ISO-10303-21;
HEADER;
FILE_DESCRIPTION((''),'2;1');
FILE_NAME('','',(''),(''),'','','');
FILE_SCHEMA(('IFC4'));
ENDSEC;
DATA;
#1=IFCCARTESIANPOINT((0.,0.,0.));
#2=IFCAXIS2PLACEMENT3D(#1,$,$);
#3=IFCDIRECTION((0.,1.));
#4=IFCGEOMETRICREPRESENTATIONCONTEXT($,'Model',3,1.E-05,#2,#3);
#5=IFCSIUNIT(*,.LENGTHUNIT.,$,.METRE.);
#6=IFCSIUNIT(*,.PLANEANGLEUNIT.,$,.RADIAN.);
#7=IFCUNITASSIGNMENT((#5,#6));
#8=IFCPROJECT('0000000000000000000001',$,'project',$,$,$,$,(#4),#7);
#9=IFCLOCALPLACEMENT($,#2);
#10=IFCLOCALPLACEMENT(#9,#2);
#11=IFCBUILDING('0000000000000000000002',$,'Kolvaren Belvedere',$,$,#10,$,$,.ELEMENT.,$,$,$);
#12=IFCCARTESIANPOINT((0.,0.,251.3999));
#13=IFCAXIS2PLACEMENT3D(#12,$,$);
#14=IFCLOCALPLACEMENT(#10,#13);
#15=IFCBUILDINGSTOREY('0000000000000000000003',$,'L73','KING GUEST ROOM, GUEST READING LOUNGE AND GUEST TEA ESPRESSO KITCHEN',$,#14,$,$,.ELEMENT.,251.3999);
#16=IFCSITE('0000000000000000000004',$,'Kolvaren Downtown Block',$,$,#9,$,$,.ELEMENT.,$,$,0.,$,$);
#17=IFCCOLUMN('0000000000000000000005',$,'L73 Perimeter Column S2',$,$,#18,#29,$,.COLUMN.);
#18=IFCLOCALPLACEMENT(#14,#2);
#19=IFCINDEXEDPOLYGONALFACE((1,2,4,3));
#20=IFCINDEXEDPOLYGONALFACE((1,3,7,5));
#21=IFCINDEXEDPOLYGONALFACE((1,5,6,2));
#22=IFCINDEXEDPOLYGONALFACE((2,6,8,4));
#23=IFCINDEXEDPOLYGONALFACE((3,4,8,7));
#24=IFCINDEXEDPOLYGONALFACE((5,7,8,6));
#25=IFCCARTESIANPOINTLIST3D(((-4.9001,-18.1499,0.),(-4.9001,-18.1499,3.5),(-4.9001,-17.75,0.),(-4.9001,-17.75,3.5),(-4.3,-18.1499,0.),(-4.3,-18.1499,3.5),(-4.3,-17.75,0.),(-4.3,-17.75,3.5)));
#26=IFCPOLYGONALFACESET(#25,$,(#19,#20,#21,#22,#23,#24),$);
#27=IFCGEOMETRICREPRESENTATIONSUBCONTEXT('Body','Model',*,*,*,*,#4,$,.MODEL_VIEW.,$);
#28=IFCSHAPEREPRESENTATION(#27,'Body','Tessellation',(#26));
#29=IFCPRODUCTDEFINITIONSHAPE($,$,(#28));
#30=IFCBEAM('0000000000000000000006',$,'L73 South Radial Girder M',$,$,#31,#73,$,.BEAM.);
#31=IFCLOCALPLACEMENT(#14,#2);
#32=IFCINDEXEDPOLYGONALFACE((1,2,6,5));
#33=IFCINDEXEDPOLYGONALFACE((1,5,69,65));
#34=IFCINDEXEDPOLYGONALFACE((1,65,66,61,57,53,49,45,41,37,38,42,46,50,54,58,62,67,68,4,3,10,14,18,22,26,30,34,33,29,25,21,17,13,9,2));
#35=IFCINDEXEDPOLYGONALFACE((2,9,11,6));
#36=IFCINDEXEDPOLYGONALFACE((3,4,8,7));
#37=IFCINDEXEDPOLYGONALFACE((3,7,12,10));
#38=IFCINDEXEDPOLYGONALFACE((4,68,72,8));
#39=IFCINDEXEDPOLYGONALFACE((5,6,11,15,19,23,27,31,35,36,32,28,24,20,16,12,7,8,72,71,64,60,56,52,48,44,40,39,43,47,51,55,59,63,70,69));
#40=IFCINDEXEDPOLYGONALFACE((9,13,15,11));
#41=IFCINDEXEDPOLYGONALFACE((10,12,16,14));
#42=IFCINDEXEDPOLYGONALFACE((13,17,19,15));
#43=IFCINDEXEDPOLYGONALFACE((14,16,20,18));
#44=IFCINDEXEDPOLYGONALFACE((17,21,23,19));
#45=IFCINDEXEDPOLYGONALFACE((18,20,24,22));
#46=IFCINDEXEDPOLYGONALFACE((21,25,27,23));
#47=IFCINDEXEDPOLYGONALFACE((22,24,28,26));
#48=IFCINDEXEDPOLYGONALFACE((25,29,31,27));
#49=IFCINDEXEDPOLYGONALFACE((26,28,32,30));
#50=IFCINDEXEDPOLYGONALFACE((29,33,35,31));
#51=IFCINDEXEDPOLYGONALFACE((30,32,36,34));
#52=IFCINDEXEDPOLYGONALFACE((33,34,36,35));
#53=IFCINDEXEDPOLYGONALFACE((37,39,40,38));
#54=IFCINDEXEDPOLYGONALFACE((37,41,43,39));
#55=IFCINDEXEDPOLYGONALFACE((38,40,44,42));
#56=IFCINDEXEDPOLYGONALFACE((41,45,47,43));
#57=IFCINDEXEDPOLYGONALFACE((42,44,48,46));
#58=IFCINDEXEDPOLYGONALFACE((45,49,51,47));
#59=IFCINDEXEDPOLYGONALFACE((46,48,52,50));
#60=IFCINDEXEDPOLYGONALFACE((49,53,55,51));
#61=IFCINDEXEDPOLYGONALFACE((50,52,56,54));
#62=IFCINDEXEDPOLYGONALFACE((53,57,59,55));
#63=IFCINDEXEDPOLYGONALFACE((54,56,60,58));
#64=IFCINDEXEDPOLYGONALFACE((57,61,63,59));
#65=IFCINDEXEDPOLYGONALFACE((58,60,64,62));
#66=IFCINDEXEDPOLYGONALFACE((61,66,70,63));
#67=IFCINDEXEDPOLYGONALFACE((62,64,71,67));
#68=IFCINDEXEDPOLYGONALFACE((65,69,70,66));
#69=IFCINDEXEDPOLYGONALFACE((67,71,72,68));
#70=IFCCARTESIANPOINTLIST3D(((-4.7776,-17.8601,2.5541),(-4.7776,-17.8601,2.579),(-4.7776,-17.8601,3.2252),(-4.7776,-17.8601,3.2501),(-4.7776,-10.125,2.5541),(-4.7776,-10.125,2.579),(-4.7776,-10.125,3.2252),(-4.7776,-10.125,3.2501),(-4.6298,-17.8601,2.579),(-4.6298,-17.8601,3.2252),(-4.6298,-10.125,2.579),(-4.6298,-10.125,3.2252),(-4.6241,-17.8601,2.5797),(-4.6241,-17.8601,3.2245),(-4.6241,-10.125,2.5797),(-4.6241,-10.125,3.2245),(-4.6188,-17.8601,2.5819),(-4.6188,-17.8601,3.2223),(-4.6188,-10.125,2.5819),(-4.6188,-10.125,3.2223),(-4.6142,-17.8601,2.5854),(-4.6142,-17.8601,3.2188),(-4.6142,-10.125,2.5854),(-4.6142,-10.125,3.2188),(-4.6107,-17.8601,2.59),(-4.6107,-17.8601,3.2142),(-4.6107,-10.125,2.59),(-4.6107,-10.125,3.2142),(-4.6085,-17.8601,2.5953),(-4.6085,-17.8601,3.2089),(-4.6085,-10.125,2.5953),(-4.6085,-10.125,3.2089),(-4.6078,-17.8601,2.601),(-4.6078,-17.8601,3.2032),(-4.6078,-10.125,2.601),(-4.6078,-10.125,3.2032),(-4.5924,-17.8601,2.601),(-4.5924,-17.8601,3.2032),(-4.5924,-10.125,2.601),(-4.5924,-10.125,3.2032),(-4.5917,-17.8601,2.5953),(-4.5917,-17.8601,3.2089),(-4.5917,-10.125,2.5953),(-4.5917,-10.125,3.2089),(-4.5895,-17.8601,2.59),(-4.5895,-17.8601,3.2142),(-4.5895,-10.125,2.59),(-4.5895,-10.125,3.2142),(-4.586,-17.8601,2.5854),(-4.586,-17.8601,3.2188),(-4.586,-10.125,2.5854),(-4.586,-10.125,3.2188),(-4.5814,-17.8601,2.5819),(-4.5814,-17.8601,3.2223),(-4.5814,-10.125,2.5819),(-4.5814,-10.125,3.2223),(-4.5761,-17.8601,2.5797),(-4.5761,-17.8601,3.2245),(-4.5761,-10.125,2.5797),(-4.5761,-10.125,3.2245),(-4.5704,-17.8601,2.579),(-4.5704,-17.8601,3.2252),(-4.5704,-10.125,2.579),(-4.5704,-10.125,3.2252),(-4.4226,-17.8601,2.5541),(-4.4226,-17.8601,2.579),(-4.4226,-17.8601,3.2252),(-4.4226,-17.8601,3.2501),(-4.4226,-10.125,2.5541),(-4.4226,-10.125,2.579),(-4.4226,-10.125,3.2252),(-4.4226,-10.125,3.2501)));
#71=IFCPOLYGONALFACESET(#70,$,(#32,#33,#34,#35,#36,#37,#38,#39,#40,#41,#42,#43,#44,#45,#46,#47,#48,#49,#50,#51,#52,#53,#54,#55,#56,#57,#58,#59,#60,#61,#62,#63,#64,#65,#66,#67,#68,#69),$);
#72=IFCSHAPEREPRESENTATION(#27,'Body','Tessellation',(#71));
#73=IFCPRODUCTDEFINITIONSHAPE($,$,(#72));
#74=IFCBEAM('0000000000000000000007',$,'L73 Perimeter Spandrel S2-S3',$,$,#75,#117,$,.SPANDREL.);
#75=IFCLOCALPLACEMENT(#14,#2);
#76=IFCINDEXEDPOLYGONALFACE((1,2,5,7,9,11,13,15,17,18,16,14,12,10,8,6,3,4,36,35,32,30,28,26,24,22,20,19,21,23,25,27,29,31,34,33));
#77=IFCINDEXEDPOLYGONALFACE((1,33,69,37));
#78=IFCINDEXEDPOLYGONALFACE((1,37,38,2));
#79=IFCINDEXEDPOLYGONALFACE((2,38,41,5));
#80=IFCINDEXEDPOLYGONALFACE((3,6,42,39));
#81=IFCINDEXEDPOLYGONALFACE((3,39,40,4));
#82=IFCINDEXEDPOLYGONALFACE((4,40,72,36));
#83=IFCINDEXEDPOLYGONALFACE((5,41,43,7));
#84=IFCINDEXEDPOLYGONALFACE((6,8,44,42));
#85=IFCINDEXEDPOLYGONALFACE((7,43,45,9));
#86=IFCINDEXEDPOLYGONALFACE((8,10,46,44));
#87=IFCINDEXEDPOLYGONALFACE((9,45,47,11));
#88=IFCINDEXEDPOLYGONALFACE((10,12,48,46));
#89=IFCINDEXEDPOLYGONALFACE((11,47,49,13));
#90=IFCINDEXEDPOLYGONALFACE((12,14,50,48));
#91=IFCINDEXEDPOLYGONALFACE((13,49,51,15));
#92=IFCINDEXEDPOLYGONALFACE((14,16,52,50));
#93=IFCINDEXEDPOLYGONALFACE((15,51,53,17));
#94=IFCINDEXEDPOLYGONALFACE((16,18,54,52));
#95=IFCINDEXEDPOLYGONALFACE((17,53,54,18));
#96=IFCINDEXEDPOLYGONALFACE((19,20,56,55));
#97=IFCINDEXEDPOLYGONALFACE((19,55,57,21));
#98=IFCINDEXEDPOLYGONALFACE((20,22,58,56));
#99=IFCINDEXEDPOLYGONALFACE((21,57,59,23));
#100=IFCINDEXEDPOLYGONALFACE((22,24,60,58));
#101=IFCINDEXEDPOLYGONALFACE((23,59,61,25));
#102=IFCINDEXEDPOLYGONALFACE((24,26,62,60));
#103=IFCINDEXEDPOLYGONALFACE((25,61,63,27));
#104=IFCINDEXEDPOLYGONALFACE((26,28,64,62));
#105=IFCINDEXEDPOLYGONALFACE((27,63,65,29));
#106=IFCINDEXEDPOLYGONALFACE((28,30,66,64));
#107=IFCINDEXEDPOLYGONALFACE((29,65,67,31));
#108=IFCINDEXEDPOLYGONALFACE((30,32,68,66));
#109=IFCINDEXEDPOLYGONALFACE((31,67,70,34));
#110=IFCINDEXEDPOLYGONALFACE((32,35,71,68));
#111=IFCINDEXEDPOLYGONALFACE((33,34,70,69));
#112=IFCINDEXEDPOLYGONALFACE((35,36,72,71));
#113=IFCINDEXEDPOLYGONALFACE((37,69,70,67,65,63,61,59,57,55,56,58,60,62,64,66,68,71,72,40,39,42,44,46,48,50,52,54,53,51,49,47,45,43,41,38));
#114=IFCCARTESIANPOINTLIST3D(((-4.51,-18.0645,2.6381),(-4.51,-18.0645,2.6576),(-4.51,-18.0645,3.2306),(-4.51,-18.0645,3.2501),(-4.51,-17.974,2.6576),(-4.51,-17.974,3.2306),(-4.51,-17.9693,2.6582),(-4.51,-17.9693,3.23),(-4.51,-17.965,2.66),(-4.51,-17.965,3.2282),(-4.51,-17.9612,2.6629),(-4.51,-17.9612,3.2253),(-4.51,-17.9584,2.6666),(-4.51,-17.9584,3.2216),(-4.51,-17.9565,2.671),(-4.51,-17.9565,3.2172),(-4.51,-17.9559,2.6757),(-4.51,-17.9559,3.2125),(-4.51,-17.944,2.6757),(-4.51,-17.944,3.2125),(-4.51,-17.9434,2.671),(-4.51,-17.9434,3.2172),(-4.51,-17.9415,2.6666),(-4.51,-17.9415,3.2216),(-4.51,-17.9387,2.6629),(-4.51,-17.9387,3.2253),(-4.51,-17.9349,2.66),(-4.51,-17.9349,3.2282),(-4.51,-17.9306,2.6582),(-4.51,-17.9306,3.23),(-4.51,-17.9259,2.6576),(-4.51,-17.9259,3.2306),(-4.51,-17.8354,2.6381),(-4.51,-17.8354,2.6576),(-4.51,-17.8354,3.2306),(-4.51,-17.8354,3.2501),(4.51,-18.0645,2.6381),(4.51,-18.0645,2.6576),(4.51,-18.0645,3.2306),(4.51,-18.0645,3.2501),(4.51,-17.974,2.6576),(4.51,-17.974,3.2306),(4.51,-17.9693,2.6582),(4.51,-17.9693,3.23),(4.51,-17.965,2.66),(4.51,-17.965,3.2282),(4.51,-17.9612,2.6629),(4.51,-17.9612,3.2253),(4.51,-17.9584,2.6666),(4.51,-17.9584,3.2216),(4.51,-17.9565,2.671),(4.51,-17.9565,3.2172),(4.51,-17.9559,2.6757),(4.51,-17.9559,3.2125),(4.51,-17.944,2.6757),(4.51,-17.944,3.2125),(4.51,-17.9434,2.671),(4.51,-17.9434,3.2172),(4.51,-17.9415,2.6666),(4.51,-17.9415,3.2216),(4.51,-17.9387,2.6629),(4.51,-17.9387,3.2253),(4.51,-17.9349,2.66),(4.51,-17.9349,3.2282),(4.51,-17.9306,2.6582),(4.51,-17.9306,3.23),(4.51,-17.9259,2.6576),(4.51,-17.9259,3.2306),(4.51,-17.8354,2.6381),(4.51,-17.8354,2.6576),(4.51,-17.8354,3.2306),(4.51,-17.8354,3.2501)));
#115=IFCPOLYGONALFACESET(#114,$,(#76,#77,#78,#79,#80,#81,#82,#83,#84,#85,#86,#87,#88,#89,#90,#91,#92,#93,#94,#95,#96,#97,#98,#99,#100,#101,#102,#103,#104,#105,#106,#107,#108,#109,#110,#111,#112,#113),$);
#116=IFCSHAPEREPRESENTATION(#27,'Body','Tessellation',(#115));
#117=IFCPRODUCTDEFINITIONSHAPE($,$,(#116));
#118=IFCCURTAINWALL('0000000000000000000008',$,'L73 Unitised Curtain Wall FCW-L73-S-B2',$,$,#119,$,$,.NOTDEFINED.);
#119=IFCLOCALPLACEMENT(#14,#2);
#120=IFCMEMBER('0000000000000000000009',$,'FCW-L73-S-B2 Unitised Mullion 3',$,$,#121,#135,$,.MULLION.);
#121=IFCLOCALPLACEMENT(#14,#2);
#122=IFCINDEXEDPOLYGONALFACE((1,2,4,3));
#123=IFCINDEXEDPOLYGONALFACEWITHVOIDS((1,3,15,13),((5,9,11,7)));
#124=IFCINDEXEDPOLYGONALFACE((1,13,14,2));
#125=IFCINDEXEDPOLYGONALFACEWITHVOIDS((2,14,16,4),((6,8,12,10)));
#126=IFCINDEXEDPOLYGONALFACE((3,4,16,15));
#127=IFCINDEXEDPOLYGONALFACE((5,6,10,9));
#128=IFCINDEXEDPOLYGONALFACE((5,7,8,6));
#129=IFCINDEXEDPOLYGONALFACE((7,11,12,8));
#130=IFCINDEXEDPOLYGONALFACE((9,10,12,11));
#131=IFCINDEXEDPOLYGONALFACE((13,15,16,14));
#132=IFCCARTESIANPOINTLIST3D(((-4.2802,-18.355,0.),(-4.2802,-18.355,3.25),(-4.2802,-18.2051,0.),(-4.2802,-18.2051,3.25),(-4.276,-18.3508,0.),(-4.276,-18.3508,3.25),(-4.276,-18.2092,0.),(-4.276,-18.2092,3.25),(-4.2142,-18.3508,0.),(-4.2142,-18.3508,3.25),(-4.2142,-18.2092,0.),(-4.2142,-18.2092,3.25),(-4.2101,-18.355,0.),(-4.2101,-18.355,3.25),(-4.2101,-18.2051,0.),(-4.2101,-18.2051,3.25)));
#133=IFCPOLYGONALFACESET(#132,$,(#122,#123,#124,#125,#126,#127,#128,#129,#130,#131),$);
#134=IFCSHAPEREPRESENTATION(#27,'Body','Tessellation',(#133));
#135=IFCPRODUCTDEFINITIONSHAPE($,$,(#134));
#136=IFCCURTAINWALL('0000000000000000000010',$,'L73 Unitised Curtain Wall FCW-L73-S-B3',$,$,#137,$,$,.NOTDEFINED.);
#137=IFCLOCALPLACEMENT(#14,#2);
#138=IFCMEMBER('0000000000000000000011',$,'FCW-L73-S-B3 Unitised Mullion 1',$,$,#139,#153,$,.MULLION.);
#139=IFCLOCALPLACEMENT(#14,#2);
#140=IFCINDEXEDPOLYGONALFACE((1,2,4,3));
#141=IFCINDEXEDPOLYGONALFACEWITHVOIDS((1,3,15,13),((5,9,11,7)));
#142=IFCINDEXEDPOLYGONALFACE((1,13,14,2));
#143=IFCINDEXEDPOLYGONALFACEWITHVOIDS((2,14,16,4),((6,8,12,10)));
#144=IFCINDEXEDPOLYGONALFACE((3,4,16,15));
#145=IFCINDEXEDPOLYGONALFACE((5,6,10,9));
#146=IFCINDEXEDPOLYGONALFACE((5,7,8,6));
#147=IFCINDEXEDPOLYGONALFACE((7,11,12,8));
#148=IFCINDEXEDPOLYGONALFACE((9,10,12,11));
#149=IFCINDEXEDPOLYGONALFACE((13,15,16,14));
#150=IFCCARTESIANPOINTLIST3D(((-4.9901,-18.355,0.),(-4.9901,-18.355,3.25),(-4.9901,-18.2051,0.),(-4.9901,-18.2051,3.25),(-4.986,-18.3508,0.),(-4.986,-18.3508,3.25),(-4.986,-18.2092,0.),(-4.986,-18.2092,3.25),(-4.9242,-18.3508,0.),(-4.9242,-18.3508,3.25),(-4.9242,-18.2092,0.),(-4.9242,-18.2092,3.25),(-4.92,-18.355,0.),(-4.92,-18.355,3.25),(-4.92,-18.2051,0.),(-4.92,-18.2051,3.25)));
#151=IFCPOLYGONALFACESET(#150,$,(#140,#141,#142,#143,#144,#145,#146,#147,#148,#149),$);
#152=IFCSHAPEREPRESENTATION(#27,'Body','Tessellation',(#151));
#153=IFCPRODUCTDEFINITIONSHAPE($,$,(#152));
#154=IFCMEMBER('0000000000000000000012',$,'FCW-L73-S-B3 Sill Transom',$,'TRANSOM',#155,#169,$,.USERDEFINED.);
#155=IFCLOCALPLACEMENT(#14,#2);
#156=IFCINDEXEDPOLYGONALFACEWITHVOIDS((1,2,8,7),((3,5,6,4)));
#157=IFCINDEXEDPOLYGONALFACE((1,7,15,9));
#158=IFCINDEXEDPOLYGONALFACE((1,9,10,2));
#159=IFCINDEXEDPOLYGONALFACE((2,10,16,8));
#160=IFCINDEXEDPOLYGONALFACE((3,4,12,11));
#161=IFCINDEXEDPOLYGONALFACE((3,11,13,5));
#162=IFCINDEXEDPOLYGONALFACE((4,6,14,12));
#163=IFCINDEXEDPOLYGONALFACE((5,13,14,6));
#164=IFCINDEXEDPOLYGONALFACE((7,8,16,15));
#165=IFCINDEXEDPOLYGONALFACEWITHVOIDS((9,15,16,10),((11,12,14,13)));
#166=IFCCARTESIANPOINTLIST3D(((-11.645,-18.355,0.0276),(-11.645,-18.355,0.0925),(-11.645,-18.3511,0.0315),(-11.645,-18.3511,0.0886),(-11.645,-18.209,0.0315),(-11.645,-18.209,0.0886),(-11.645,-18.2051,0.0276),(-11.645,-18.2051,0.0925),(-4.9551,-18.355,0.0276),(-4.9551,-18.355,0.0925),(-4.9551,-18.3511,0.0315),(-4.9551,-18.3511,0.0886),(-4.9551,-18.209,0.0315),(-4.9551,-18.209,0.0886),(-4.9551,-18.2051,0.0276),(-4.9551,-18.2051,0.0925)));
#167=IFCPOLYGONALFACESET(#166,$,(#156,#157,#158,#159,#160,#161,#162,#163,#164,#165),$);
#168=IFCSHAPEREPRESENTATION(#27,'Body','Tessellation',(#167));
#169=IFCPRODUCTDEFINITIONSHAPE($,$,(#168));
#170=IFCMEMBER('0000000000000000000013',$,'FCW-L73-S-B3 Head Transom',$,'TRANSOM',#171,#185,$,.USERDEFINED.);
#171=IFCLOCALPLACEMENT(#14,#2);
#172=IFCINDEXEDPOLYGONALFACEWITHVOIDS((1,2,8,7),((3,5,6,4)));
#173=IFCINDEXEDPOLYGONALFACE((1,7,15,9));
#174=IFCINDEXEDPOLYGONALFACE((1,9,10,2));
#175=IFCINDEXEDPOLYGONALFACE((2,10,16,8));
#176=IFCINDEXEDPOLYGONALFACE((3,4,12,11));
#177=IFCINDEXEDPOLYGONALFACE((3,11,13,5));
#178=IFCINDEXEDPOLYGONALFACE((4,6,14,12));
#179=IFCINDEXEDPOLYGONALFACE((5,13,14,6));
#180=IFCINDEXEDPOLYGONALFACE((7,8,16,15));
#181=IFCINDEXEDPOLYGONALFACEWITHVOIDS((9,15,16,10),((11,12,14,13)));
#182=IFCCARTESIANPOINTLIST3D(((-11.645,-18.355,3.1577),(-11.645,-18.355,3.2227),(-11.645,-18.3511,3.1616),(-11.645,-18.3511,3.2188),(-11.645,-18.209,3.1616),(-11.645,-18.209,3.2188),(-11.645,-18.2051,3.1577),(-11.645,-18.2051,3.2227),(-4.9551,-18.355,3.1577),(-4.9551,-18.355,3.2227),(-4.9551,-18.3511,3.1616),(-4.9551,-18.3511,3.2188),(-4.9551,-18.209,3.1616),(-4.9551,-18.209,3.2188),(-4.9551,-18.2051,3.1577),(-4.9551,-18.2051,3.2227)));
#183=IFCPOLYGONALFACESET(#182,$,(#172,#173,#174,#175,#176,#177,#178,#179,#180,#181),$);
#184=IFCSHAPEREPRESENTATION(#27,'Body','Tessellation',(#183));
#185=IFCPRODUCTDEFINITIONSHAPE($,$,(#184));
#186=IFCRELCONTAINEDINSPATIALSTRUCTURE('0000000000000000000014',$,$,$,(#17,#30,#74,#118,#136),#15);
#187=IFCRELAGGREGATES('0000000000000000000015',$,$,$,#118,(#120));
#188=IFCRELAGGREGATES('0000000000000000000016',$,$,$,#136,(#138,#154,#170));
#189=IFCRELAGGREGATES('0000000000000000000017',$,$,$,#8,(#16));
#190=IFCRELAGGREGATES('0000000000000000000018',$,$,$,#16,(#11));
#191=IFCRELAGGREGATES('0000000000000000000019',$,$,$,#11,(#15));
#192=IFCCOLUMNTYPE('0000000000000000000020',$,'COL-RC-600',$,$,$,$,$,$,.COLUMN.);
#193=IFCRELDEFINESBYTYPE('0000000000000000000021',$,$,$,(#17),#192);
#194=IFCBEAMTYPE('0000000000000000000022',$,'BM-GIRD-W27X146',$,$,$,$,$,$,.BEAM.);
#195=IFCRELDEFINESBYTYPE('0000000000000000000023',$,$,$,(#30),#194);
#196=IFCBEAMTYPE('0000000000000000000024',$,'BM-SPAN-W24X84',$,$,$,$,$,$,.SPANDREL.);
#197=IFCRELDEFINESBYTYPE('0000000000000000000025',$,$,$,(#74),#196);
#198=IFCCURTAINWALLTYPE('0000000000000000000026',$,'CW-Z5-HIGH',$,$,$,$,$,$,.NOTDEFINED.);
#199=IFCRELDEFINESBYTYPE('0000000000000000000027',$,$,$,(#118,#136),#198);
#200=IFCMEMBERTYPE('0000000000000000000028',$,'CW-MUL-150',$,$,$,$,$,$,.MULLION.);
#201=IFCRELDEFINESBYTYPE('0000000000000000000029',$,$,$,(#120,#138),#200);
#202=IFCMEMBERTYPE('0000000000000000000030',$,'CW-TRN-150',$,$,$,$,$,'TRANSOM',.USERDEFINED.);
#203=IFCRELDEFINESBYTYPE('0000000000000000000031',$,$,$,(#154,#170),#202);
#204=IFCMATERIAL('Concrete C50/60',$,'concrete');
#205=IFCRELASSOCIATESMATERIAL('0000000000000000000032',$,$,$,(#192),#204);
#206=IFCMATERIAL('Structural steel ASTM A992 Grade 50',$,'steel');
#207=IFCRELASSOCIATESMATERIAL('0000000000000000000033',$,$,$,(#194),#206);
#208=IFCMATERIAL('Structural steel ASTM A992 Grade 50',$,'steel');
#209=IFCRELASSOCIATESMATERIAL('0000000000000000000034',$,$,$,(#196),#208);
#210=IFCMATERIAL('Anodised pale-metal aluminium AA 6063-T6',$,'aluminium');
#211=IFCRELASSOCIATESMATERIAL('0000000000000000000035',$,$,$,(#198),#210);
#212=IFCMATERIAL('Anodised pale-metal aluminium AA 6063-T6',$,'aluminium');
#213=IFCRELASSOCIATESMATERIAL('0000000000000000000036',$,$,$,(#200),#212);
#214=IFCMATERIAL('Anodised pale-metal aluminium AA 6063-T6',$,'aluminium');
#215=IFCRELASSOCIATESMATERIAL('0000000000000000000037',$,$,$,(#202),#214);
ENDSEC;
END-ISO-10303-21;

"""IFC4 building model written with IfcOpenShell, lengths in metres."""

from ifc_helpers import new_model, si_unit, direction, frame, origin, origin_2d, place, context, subcontext, project, spatial, rectangle, hollow_rectangle, i_section, extrude, material, material_profile, profile_set, type_object, element, aggregate, save


model = new_model("IFC4")

# Units and contexts
model_context = context("Model", 3, precision=1e-05, world=origin(), true_north=direction((0.0, 1.0)))
body_context = subcontext(model_context, "Body", "Model", "MODEL_VIEW")
ifc_project = project(units=[si_unit("LENGTHUNIT", "METRE"), si_unit("PLANEANGLEUNIT", "RADIAN")], contexts=[model_context])

# Site, building, storey
site_placement = place(None, origin())
site = spatial("IfcSite", under=ifc_project, at=site_placement, Name="Kolvaren Downtown Block", CompositionType="ELEMENT", RefElevation=0.0)
building_placement = place(site_placement, origin())
building = spatial("IfcBuilding", under=site, at=building_placement, Name="Kolvaren Belvedere", CompositionType="ELEMENT")
storey_placement = place(building_placement, frame((0.0, 0.0, 251.3999)))
storey = spatial("IfcBuildingStorey", under=building, at=storey_placement, Name="L73", Description="KING GUEST ROOM, GUEST READING LOUNGE AND GUEST TEA ESPRESSO KITCHEN", CompositionType="ELEMENT", Elevation=251.3999)

# Column
ifc_material_1 = material(Name="Concrete C50/60", Category="concrete")
ifc_material_profile_1 = material_profile(ifc_material_1, rectangle(XDim=0.6001, YDim=0.3999, at=origin_2d()), Name="RC 600X400")
ifc_profile_set_1 = profile_set([ifc_material_profile_1], Name="Concrete C50/60")
column_type = type_object("IfcColumnType", Name="COL-RC-600", PredefinedType="COLUMN", material=ifc_profile_set_1)
column_placement = place(storey_placement, frame((-4.6001, -17.95, 0.0), z_axis=(0.0, 0.0, 1.0), x_axis=(1.0, 0.0, 0.0)))
element("IfcColumn", 1, at=column_placement, inside=storey, type_object=column_type, Name="L73 Perimeter Column S2", PredefinedType="COLUMN", context=body_context, shape_type="SweptSolid", body=[
    extrude(rectangle(XDim=0.6001, YDim=0.3999, at=origin_2d()), origin(), (0.0, 0.0, 1.0), 3.5),
])

# Beams
ifc_material_2 = material(Name="Structural steel ASTM A992 Grade 50", Category="steel")
ifc_material_profile_2 = material_profile(ifc_material_2, i_section(OverallWidth=0.355, OverallDepth=0.696, WebThickness=0.0154, FlangeThickness=0.0249, FilletRadius=0.022, at=origin_2d()), Name="W27X146")
ifc_profile_set_2 = profile_set([ifc_material_profile_2], Name="Structural steel ASTM A992 Grade 50")
beam_type_1 = type_object("IfcBeamType", Name="BM-GIRD-W27X146", PredefinedType="BEAM", material=ifc_profile_set_2)
beam_1_placement = place(storey_placement, frame((-4.6001, -10.125, 2.9021), z_axis=(0.0, -1.0, 0.0), x_axis=(1.0, 0.0, 0.0)))
element("IfcBeam", 2, at=beam_1_placement, inside=storey, type_object=beam_type_1, Name="L73 South Radial Girder M", PredefinedType="BEAM", context=body_context, shape_type="SweptSolid", body=[
    extrude(i_section(OverallWidth=0.355, OverallDepth=0.696, WebThickness=0.0154, FlangeThickness=0.0249, FilletRadius=0.022, at=origin_2d()), origin(), (0.0, 0.0, 1.0), 7.7351),
])
ifc_material_3 = material(Name="Structural steel ASTM A992 Grade 50", Category="steel")
ifc_material_profile_3 = material_profile(ifc_material_3, i_section(OverallWidth=0.229, OverallDepth=0.6121, WebThickness=0.012, FlangeThickness=0.0195, FilletRadius=0.0181, at=origin_2d()), Name="W24X84")
ifc_profile_set_3 = profile_set([ifc_material_profile_3], Name="Structural steel ASTM A992 Grade 50")
beam_type_2 = type_object("IfcBeamType", Name="BM-SPAN-W24X84", PredefinedType="SPANDREL", material=ifc_profile_set_3)
beam_2_placement = place(storey_placement, frame((-4.51, -17.95, 2.9441), z_axis=(1.0, 0.0, 0.0), x_axis=(0.0, 1.0, 0.0)))
element("IfcBeam", 3, at=beam_2_placement, inside=storey, type_object=beam_type_2, Name="L73 Perimeter Spandrel S2-S3", PredefinedType="SPANDREL", context=body_context, shape_type="SweptSolid", body=[
    extrude(i_section(OverallWidth=0.229, OverallDepth=0.6121, WebThickness=0.012, FlangeThickness=0.0195, FilletRadius=0.0181, at=origin_2d()), origin(), (0.0, 0.0, 1.0), 9.02),
])

# Curtain wall, member
ifc_material_4 = material(Name="Anodised pale-metal aluminium AA 6063-T6", Category="aluminium")
curtain_wall_type = type_object("IfcCurtainWallType", Name="CW-Z5-HIGH", PredefinedType="NOTDEFINED", material=ifc_material_4)
curtain_wall_1_placement = place(storey_placement, origin())
curtain_wall_1 = element("IfcCurtainWall", 4, at=curtain_wall_1_placement, inside=storey, type_object=curtain_wall_type, Name="L73 Unitised Curtain Wall FCW-L73-S-B2", PredefinedType="NOTDEFINED")
ifc_material_5 = material(Name="Anodised pale-metal aluminium AA 6063-T6", Category="aluminium")
ifc_material_profile_4 = material_profile(ifc_material_5, hollow_rectangle(XDim=0.0701, YDim=0.1499, WallThickness=0.0042, at=origin_2d()), Name="ALU-MUL-150X70")
ifc_profile_set_4 = profile_set([ifc_material_profile_4], Name="Anodised pale-metal aluminium AA 6063-T6")
member_type_1 = type_object("IfcMemberType", Name="CW-MUL-150", PredefinedType="MULLION", material=ifc_profile_set_4)
member_1_placement = place(storey_placement, frame((-4.2451, -18.28, 0.0), z_axis=(0.0, 0.0, 1.0), x_axis=(1.0, 0.0, 0.0)))
member_1 = element("IfcMember", 5, at=member_1_placement, type_object=member_type_1, Name="FCW-L73-S-B2 Unitised Mullion 3", PredefinedType="MULLION", context=body_context, shape_type="SweptSolid", body=[
    extrude(hollow_rectangle(XDim=0.0701, YDim=0.1499, WallThickness=0.0042, at=origin_2d()), origin(), (0.0, 0.0, 1.0), 3.25),
])

# Curtain wall, members
curtain_wall_2_placement = place(storey_placement, origin())
curtain_wall_2 = element("IfcCurtainWall", 6, at=curtain_wall_2_placement, inside=storey, type_object=curtain_wall_type, Name="L73 Unitised Curtain Wall FCW-L73-S-B3", PredefinedType="NOTDEFINED")
member_2_placement = place(storey_placement, frame((-4.9551, -18.28, 0.0), z_axis=(0.0, 0.0, 1.0), x_axis=(1.0, 0.0, 0.0)))
member_2 = element("IfcMember", 7, at=member_2_placement, type_object=member_type_1, Name="FCW-L73-S-B3 Unitised Mullion 1", PredefinedType="MULLION", context=body_context, shape_type="SweptSolid", body=[
    extrude(hollow_rectangle(XDim=0.0701, YDim=0.1499, WallThickness=0.0042, at=origin_2d()), origin(), (0.0, 0.0, 1.0), 3.25),
])
ifc_material_6 = material(Name="Anodised pale-metal aluminium AA 6063-T6", Category="aluminium")
ifc_material_profile_5 = material_profile(ifc_material_6, hollow_rectangle(XDim=0.0649, YDim=0.1499, WallThickness=0.0039, at=origin_2d()), Name="ALU-TRN-150X65")
ifc_profile_set_5 = profile_set([ifc_material_profile_5], Name="Anodised pale-metal aluminium AA 6063-T6")
member_type_2 = type_object("IfcMemberType", Name="CW-TRN-150", ElementType="TRANSOM", PredefinedType="USERDEFINED", material=ifc_profile_set_5)
member_3_placement = place(storey_placement, frame((-4.9551, -18.28, 0.0601), z_axis=(-1.0, 0.0, 0.0), x_axis=(0.0, 0.0, 1.0)))
member_3 = element("IfcMember", 8, at=member_3_placement, type_object=member_type_2, Name="FCW-L73-S-B3 Sill Transom", ObjectType="TRANSOM", PredefinedType="USERDEFINED", context=body_context, shape_type="SweptSolid", body=[
    extrude(hollow_rectangle(XDim=0.0649, YDim=0.1499, WallThickness=0.0039, at=origin_2d()), origin(), (0.0, 0.0, 1.0), 6.6899),
])
member_4_placement = place(storey_placement, frame((-4.9551, -18.28, 3.1902), z_axis=(-1.0, 0.0, 0.0), x_axis=(0.0, 0.0, 1.0)))
member_4 = element("IfcMember", 9, at=member_4_placement, type_object=member_type_2, Name="FCW-L73-S-B3 Head Transom", ObjectType="TRANSOM", PredefinedType="USERDEFINED", context=body_context, shape_type="SweptSolid", body=[
    extrude(hollow_rectangle(XDim=0.0649, YDim=0.1499, WallThickness=0.0039, at=origin_2d()), origin(), (0.0, 0.0, 1.0), 6.6899),
])

aggregate(curtain_wall_1, [member_1])
aggregate(curtain_wall_2, [member_2, member_3, member_4])

save(model, "model.ifc")
